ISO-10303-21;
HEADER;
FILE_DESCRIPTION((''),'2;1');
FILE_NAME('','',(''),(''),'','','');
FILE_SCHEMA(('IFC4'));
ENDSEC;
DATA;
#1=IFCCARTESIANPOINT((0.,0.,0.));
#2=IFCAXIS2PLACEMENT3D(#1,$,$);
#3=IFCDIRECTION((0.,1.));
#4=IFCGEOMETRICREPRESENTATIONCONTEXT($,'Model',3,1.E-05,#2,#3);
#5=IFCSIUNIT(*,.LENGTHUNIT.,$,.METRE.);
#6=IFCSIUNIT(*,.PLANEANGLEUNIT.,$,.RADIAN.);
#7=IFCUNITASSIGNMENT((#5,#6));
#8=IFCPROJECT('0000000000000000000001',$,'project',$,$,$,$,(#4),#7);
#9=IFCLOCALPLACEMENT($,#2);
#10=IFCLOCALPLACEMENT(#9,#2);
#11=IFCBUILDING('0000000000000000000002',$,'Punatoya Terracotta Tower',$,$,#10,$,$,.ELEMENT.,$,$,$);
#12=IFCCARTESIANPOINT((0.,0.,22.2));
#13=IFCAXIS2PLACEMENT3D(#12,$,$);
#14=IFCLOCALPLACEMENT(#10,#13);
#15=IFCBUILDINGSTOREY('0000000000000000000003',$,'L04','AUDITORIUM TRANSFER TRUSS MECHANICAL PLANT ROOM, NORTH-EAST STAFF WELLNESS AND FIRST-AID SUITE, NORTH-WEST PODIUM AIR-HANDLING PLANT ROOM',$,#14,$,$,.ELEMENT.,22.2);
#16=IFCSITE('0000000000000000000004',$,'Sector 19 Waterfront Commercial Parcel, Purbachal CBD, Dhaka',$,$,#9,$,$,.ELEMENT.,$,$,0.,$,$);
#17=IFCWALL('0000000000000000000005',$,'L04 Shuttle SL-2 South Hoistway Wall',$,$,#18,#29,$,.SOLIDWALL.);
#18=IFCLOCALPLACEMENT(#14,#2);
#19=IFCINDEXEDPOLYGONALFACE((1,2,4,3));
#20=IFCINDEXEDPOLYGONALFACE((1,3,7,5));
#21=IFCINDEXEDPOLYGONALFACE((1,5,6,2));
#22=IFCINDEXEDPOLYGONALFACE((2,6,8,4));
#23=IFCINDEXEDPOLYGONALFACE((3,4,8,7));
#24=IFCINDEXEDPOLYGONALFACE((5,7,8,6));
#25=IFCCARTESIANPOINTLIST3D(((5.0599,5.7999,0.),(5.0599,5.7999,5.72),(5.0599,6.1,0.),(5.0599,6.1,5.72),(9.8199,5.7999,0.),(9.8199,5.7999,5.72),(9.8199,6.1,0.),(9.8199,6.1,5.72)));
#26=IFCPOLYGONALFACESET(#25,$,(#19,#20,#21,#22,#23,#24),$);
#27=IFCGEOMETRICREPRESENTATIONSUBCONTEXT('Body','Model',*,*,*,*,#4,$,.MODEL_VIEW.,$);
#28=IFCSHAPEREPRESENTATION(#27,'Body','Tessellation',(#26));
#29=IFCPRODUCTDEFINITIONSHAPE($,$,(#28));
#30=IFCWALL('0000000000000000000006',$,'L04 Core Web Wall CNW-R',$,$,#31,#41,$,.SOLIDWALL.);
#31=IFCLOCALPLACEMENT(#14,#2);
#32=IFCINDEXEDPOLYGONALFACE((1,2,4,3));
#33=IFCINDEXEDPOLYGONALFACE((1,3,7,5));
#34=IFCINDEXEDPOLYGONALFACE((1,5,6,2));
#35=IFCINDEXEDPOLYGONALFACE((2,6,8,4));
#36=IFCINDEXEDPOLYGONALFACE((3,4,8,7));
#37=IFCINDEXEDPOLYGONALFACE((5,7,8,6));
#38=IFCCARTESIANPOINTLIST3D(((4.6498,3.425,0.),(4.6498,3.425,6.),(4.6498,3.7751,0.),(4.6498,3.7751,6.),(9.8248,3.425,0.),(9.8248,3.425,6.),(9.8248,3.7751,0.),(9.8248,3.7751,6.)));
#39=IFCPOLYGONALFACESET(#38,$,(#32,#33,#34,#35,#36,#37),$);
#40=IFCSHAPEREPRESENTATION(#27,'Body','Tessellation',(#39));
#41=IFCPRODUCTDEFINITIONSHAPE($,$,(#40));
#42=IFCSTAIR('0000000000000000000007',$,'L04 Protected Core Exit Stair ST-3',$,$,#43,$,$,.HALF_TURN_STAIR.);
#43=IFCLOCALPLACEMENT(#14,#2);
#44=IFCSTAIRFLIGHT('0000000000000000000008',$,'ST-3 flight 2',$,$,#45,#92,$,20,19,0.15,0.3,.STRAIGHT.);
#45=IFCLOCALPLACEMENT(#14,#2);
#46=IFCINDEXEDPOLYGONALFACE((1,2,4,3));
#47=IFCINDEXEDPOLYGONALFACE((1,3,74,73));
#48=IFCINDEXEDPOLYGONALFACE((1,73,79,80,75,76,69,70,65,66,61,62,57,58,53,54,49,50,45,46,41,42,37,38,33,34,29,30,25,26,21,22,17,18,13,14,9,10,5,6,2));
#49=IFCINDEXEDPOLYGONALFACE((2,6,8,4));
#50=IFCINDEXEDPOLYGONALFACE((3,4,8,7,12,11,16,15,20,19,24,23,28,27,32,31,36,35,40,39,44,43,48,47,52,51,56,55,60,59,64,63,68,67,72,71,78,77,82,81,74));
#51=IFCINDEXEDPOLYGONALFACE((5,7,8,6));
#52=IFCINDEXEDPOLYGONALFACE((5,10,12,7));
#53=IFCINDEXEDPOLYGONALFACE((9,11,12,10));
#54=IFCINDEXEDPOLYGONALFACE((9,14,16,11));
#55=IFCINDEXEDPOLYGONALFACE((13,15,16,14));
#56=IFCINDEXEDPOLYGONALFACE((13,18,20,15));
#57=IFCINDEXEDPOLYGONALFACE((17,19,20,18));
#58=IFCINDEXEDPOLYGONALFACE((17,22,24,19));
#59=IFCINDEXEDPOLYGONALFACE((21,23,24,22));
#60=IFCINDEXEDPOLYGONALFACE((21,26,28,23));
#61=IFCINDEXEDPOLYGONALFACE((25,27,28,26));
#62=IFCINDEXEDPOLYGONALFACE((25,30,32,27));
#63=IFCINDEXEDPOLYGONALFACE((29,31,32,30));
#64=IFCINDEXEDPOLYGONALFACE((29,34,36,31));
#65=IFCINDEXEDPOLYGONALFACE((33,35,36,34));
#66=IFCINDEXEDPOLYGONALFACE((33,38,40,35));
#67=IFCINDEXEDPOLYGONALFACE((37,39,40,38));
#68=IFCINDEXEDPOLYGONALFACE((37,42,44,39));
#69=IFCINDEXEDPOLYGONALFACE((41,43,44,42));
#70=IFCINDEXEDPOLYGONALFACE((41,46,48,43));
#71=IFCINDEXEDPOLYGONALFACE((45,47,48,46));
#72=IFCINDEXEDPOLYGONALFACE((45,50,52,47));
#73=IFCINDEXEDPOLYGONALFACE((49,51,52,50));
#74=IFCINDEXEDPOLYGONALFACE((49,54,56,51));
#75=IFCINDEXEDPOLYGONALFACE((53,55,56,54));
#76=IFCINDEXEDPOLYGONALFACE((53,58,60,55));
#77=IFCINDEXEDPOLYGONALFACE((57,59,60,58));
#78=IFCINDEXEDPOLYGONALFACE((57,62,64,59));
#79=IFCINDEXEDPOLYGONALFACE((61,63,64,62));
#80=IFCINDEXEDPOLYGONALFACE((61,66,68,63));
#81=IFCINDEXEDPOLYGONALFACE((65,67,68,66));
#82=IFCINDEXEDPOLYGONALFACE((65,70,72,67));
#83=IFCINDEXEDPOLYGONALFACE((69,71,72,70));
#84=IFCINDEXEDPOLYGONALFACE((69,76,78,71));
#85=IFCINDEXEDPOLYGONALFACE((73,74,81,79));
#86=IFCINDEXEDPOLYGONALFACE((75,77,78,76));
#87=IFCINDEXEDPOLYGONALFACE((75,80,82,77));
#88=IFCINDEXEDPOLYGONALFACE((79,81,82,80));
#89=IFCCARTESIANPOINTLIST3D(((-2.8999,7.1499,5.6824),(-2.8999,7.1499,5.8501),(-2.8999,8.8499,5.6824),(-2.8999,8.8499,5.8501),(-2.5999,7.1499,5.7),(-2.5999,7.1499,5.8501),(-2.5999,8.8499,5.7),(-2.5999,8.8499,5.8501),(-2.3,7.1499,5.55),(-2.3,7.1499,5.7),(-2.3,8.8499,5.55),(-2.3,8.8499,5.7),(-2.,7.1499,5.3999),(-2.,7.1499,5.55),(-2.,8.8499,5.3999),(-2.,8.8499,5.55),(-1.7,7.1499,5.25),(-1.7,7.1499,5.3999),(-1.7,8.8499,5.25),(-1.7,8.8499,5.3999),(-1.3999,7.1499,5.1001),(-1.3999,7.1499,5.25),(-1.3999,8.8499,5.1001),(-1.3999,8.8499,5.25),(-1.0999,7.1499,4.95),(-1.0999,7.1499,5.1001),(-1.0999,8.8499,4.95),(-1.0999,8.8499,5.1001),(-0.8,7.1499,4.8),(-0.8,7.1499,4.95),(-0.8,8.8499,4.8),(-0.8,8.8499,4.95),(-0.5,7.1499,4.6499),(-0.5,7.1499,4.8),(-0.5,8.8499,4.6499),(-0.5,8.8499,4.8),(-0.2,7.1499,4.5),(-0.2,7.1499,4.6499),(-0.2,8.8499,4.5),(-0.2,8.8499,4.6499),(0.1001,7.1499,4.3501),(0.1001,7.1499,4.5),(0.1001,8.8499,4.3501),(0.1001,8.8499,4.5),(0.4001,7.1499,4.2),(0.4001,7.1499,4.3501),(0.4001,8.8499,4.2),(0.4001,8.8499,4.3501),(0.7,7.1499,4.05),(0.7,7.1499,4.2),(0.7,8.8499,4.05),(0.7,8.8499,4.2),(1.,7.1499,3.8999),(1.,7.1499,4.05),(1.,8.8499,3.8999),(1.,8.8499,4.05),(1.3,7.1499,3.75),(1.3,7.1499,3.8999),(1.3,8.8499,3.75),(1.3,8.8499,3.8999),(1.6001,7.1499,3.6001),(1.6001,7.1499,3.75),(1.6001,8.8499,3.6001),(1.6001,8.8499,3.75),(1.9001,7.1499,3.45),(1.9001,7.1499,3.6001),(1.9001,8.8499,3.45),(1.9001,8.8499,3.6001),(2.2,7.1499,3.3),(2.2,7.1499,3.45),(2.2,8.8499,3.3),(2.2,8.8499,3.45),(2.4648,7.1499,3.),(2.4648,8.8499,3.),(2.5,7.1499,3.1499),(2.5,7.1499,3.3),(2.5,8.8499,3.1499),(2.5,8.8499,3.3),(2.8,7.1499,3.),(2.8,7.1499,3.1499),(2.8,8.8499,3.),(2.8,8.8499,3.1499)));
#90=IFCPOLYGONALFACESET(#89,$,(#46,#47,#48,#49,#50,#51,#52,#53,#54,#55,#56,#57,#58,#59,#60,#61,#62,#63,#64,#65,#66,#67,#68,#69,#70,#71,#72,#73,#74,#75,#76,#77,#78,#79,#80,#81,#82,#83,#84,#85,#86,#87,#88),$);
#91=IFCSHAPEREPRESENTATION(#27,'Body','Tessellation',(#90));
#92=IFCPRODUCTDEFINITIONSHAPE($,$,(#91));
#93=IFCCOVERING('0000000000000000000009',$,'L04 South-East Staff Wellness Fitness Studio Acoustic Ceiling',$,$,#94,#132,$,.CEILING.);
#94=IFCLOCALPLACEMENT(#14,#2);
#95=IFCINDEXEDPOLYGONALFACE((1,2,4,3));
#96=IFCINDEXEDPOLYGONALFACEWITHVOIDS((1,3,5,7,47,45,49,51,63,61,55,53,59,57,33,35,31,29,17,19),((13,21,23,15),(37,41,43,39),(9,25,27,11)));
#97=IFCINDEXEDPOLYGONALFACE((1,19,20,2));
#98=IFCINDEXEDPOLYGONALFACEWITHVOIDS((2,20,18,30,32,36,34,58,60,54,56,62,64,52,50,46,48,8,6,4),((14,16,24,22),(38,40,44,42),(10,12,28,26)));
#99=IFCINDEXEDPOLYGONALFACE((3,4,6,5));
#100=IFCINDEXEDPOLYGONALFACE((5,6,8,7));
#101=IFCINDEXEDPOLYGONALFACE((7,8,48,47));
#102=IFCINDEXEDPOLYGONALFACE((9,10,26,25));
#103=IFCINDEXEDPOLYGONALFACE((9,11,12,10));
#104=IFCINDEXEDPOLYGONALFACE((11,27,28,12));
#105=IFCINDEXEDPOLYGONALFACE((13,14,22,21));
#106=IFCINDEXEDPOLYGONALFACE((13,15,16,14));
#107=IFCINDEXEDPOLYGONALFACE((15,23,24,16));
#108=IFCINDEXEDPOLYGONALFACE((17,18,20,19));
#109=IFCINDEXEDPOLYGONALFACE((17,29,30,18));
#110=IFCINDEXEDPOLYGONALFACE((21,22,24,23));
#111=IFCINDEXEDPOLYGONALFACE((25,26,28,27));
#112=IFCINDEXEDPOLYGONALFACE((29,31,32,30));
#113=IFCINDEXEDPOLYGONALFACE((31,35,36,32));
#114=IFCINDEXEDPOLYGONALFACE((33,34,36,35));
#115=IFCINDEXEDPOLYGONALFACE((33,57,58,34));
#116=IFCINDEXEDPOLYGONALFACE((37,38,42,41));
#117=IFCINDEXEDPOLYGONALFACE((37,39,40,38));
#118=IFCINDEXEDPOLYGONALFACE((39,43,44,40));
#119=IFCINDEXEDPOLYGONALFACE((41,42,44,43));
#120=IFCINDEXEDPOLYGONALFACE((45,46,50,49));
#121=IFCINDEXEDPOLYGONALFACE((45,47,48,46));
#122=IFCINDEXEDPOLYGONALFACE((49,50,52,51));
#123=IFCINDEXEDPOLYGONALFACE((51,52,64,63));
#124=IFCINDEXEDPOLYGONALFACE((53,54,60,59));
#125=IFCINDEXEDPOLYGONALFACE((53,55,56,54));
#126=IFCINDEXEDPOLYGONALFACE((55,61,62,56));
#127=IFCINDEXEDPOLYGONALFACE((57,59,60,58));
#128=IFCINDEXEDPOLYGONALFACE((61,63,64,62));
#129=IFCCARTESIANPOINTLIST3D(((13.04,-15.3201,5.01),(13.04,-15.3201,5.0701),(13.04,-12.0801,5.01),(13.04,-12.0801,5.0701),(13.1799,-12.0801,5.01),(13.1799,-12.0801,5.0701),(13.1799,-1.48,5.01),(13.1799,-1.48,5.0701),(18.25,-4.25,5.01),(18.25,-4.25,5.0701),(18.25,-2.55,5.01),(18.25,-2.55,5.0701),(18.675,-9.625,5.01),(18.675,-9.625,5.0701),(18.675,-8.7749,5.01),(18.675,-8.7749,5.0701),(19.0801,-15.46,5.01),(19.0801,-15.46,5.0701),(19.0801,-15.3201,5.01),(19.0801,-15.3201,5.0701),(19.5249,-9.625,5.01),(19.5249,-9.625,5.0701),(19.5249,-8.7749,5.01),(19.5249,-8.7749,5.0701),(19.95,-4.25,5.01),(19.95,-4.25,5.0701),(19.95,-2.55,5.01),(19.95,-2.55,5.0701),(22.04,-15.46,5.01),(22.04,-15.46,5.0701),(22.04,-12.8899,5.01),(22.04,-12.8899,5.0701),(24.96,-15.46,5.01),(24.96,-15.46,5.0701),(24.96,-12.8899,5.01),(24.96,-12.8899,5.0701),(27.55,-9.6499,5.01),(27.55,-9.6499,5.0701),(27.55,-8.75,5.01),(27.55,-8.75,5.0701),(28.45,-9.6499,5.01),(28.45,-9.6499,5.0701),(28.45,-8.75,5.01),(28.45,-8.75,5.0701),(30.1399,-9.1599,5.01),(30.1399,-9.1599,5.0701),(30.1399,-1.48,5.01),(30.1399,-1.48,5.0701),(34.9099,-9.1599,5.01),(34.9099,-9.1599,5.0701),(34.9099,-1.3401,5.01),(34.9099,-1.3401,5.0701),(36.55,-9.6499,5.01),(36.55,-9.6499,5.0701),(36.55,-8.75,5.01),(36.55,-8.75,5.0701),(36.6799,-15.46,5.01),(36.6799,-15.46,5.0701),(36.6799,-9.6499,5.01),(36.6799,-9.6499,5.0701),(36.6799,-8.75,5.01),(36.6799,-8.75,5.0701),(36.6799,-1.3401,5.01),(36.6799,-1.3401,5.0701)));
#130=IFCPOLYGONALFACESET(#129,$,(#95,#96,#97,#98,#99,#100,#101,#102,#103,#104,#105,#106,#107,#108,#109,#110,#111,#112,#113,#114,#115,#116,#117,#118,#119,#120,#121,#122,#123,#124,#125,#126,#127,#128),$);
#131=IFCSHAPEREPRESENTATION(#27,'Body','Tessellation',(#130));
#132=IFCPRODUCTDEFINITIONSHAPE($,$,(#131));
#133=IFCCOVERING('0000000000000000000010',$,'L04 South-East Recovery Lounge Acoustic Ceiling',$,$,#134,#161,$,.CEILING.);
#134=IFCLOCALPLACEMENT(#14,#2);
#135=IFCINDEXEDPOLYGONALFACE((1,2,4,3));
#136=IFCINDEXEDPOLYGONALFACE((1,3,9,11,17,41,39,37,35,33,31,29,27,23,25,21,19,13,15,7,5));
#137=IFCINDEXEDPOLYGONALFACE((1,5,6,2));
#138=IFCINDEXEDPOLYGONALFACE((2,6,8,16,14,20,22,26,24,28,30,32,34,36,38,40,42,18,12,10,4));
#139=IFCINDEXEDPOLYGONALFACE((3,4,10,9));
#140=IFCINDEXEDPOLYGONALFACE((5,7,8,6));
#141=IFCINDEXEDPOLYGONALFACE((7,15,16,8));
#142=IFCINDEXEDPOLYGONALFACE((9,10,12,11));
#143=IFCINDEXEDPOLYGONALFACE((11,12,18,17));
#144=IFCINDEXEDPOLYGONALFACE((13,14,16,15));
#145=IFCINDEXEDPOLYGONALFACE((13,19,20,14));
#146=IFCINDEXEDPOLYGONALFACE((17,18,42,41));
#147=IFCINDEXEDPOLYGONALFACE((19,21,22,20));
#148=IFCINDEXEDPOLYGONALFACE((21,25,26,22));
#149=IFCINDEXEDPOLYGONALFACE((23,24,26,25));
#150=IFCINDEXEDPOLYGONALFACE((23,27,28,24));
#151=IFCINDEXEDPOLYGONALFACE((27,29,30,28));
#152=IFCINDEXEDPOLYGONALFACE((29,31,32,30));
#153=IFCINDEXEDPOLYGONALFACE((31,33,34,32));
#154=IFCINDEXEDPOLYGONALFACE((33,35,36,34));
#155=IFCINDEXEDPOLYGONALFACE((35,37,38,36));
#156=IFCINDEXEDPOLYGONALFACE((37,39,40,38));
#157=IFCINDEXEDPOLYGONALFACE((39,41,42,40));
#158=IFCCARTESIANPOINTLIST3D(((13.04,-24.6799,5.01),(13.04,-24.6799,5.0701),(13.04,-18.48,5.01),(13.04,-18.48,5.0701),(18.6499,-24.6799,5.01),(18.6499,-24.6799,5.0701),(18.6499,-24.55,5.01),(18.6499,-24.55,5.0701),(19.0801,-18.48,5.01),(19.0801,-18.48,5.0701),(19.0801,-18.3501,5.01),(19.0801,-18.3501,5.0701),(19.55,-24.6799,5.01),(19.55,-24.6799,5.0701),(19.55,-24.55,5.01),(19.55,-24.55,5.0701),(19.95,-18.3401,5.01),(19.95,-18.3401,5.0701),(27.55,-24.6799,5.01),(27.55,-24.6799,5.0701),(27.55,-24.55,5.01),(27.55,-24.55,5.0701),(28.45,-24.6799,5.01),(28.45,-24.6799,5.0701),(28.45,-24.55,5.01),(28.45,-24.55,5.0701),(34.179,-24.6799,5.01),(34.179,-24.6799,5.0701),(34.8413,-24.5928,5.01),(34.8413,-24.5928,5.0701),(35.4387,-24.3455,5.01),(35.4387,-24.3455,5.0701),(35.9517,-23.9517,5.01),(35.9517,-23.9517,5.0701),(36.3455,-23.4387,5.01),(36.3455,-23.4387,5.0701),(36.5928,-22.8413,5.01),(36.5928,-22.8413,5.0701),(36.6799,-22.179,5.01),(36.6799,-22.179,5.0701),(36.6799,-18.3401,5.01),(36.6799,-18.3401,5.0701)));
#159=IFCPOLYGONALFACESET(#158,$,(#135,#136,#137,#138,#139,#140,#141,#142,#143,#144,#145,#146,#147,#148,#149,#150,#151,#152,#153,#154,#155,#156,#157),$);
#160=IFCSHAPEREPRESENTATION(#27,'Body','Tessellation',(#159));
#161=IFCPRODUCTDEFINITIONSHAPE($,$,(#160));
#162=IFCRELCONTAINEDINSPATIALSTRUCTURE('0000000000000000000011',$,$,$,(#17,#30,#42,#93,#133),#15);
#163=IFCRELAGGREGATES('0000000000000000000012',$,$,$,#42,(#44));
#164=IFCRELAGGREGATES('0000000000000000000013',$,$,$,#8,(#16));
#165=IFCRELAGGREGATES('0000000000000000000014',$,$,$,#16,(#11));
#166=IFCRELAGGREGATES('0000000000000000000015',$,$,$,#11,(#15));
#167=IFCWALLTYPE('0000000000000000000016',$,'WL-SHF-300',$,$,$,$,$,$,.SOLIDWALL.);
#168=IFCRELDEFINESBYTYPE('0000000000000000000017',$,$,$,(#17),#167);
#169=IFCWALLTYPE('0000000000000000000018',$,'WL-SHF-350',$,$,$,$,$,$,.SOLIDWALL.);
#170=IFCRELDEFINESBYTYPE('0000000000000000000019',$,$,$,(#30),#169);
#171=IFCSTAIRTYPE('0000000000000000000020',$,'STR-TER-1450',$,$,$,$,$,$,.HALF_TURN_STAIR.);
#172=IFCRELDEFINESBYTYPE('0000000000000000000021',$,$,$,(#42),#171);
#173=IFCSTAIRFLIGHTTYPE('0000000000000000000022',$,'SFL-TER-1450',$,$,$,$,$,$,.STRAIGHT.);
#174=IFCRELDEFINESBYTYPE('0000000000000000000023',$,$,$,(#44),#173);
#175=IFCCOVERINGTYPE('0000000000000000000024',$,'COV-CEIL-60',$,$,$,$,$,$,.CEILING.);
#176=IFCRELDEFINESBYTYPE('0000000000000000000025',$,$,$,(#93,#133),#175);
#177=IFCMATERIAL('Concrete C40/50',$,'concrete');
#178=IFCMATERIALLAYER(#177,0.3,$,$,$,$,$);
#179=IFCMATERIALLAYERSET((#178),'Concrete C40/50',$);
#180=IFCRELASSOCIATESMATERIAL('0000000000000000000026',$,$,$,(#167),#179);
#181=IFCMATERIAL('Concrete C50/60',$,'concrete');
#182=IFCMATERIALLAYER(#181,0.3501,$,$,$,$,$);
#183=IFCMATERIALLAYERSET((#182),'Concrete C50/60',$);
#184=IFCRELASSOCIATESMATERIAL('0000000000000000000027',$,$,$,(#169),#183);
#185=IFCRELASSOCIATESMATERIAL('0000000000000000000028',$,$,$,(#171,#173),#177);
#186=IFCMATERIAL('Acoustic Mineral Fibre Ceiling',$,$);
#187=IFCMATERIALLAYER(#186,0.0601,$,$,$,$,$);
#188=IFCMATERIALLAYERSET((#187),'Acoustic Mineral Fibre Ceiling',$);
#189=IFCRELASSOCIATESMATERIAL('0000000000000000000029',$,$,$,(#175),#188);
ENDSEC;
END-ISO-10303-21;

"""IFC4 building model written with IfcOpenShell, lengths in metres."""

from ifc_helpers import new_model, si_unit, direction, frame, frame_2d, origin, place, context, subcontext, project, spatial, polyline, rectangle, outline, extrude, material, layer, layer_set, type_object, element, aggregate, save


model = new_model("IFC4")

# Units and contexts
model_context = context("Model", 3, precision=1e-05, world=origin(), true_north=direction((0.0, 1.0)))
body_context = subcontext(model_context, "Body", "Model", "MODEL_VIEW")
ifc_project = project(units=[si_unit("LENGTHUNIT", "METRE"), si_unit("PLANEANGLEUNIT", "RADIAN")], contexts=[model_context])

# Site, building, storey
site_placement = place(None, origin())
site = spatial("IfcSite", under=ifc_project, at=site_placement, Name="Sector 19 Waterfront Commercial Parcel, Purbachal CBD, Dhaka", CompositionType="ELEMENT", RefElevation=0.0)
building_placement = place(site_placement, origin())
building = spatial("IfcBuilding", under=site, at=building_placement, Name="Punatoya Terracotta Tower", CompositionType="ELEMENT")
storey_placement = place(building_placement, frame((0.0, 0.0, 22.2)))
storey = spatial("IfcBuildingStorey", under=building, at=storey_placement, Name="L04", Description="AUDITORIUM TRANSFER TRUSS MECHANICAL PLANT ROOM, NORTH-EAST STAFF WELLNESS AND FIRST-AID SUITE, NORTH-WEST PODIUM AIR-HANDLING PLANT ROOM", CompositionType="ELEMENT", Elevation=22.2)

# Shared definitions
ifc_material_1 = material(Name="Concrete C40/50", Category="concrete")

# Walls
ifc_layer_1 = layer(ifc_material_1, 0.3)
ifc_layer_set_1 = layer_set([ifc_layer_1], Name="Concrete C40/50")
wall_type_1 = type_object("IfcWallType", Name="WL-SHF-300", PredefinedType="SOLIDWALL", material=ifc_layer_set_1)
wall_1_placement = place(storey_placement, frame((5.0601, 5.95, 0.0), z_axis=(0.0, 0.0, 1.0), x_axis=(1.0, 0.0, 0.0)))
element("IfcWall", 1, at=wall_1_placement, inside=storey, type_object=wall_type_1, Name="L04 Shuttle SL-2 South Hoistway Wall", PredefinedType="SOLIDWALL", context=body_context, shape_type="SweptSolid", body=[
    extrude(rectangle(XDim=4.76, YDim=0.3, at=frame_2d((2.3799, 0.0))), origin(), (0.0, 0.0, 1.0), 5.72),
])
ifc_material_2 = material(Name="Concrete C50/60", Category="concrete")
ifc_layer_2 = layer(ifc_material_2, 0.3501)
ifc_layer_set_2 = layer_set([ifc_layer_2], Name="Concrete C50/60")
wall_type_2 = type_object("IfcWallType", Name="WL-SHF-350", PredefinedType="SOLIDWALL", material=ifc_layer_set_2)
wall_2_placement = place(storey_placement, frame((4.6499, 3.6001, 0.0), z_axis=(0.0, 0.0, 1.0), x_axis=(1.0, 0.0, 0.0)))
element("IfcWall", 2, at=wall_2_placement, inside=storey, type_object=wall_type_2, Name="L04 Core Web Wall CNW-R", PredefinedType="SOLIDWALL", context=body_context, shape_type="SweptSolid", body=[
    extrude(rectangle(XDim=5.175, YDim=0.3501, at=frame_2d((2.5874, 0.0))), origin(), (0.0, 0.0, 1.0), 6.0),
])

# Stair, stair flight
stair_type = type_object("IfcStairType", Name="STR-TER-1450", PredefinedType="HALF_TURN_STAIR", material=ifc_material_1)
stair_placement = place(storey_placement, origin())
stair = element("IfcStair", 3, at=stair_placement, inside=storey, type_object=stair_type, Name="L04 Protected Core Exit Stair ST-3", PredefinedType="HALF_TURN_STAIR")
stair_flight_type = type_object("IfcStairFlightType", Name="SFL-TER-1450", PredefinedType="STRAIGHT", material=ifc_material_1)
stair_flight_placement = place(storey_placement, frame((2.8, 8.0, 3.0), z_axis=(0.0, 0.0, 1.0), x_axis=(-1.0, 0.0, 0.0)))
stair_flight = element("IfcStairFlight", 4, at=stair_flight_placement, type_object=stair_flight_type, Name="ST-3 flight 2", NumberOfRisers=20, NumberOfTreads=19, PredefinedType="STRAIGHT", RiserHeight=0.15, TreadLength=0.3, context=body_context, shape_type="SweptSolid", body=[
    extrude(outline(polyline([(0.0, 0.0), (0.0, 0.1499), (0.3, 0.1499), (0.3, 0.3), (0.6001, 0.3), (0.6001, 0.45), (0.8999, 0.45), (0.8999, 0.6001), (1.2, 0.6001), (1.2, 0.75), (1.5, 0.75), (1.5, 0.8999), (1.8, 0.8999), (1.8, 1.05), (2.1001, 1.05), (2.1001, 1.2), (2.3999, 1.2), (2.3999, 1.3501), (2.7, 1.3501), (2.7, 1.5), (3.0, 1.5), (3.0, 1.6499), (3.3, 1.6499), (3.3, 1.8), (3.6001, 1.8), (3.6001, 1.95), (3.8999, 1.95), (3.8999, 2.1001), (4.2, 2.1001), (4.2, 2.25), (4.5, 2.25), (4.5, 2.3999), (4.8, 2.3999), (4.8, 2.55), (5.1001, 2.55), (5.1001, 2.7), (5.3999, 2.7), (5.3999, 2.8501), (5.7, 2.8501), (5.7, 3.0), (5.7, 2.6824), (0.3352, 0.0), (0.0, 0.0)])), frame((0.0, 0.8501, 0.0), z_axis=(0.0, -1.0, 0.0), x_axis=(1.0, 0.0, 0.0)), (0.0, 0.0, 1.0), 1.7),
])
aggregate(stair, [stair_flight])

# Coverings
ifc_material_3 = material(Name="Acoustic Mineral Fibre Ceiling")
ifc_layer_3 = layer(ifc_material_3, 0.0601)
ifc_layer_set_3 = layer_set([ifc_layer_3], Name="Acoustic Mineral Fibre Ceiling")
covering_type = type_object("IfcCoveringType", Name="COV-CEIL-60", PredefinedType="CEILING", material=ifc_layer_set_3)
covering_1_placement = place(storey_placement, frame((0.0, 0.0, 5.01)))
element("IfcCovering", 5, at=covering_1_placement, inside=storey, type_object=covering_type, Name="L04 South-East Staff Wellness Fitness Studio Acoustic Ceiling", PredefinedType="CEILING", context=body_context, shape_type="SweptSolid", body=[
    extrude(outline(polyline([(36.55, -9.6499), (36.55, -8.75), (36.6799, -8.75), (36.6799, -1.3401), (34.9099, -1.3401), (34.9099, -9.1599), (30.1399, -9.1599), (30.1399, -1.48), (13.1799, -1.48), (13.1799, -12.0801), (13.04, -12.0801), (13.04, -15.3201), (19.0801, -15.3201), (19.0801, -15.46), (22.04, -15.46), (22.04, -12.8899), (24.96, -12.8899), (24.96, -15.46), (36.6799, -15.46), (36.6799, -9.6499), (36.55, -9.6499)]), holes=[polyline([(28.45, -8.75), (28.45, -9.6499), (27.55, -9.6499), (27.55, -8.75), (28.45, -8.75)]), polyline([(19.95, -2.55), (19.95, -4.25), (18.25, -4.25), (18.25, -2.55), (19.95, -2.55)]), polyline([(18.675, -8.7749), (19.5249, -8.7749), (19.5249, -9.625), (18.675, -9.625), (18.675, -8.7749)])]), origin(), (0.0, 0.0, 1.0), 0.0601),
])
covering_2_placement = place(storey_placement, frame((0.0, 0.0, 5.01)))
element("IfcCovering", 6, at=covering_2_placement, inside=storey, type_object=covering_type, Name="L04 South-East Recovery Lounge Acoustic Ceiling", PredefinedType="CEILING", context=body_context, shape_type="SweptSolid", body=[
    extrude(outline(polyline([(18.6499, -24.6799), (18.6499, -24.55), (19.55, -24.55), (19.55, -24.6799), (27.55, -24.6799), (27.55, -24.55), (28.45, -24.55), (28.45, -24.6799), (34.179, -24.6799), (34.8413, -24.5928), (35.4387, -24.3455), (35.9517, -23.9517), (36.3455, -23.4387), (36.5928, -22.8413), (36.6799, -22.179), (36.6799, -18.3401), (19.95, -18.3401), (19.0801, -18.3501), (19.0801, -18.48), (13.04, -18.48), (13.04, -24.6799), (18.6499, -24.6799)])), origin(), (0.0, 0.0, 1.0), 0.0601),
])

save(model, "model.ifc")
